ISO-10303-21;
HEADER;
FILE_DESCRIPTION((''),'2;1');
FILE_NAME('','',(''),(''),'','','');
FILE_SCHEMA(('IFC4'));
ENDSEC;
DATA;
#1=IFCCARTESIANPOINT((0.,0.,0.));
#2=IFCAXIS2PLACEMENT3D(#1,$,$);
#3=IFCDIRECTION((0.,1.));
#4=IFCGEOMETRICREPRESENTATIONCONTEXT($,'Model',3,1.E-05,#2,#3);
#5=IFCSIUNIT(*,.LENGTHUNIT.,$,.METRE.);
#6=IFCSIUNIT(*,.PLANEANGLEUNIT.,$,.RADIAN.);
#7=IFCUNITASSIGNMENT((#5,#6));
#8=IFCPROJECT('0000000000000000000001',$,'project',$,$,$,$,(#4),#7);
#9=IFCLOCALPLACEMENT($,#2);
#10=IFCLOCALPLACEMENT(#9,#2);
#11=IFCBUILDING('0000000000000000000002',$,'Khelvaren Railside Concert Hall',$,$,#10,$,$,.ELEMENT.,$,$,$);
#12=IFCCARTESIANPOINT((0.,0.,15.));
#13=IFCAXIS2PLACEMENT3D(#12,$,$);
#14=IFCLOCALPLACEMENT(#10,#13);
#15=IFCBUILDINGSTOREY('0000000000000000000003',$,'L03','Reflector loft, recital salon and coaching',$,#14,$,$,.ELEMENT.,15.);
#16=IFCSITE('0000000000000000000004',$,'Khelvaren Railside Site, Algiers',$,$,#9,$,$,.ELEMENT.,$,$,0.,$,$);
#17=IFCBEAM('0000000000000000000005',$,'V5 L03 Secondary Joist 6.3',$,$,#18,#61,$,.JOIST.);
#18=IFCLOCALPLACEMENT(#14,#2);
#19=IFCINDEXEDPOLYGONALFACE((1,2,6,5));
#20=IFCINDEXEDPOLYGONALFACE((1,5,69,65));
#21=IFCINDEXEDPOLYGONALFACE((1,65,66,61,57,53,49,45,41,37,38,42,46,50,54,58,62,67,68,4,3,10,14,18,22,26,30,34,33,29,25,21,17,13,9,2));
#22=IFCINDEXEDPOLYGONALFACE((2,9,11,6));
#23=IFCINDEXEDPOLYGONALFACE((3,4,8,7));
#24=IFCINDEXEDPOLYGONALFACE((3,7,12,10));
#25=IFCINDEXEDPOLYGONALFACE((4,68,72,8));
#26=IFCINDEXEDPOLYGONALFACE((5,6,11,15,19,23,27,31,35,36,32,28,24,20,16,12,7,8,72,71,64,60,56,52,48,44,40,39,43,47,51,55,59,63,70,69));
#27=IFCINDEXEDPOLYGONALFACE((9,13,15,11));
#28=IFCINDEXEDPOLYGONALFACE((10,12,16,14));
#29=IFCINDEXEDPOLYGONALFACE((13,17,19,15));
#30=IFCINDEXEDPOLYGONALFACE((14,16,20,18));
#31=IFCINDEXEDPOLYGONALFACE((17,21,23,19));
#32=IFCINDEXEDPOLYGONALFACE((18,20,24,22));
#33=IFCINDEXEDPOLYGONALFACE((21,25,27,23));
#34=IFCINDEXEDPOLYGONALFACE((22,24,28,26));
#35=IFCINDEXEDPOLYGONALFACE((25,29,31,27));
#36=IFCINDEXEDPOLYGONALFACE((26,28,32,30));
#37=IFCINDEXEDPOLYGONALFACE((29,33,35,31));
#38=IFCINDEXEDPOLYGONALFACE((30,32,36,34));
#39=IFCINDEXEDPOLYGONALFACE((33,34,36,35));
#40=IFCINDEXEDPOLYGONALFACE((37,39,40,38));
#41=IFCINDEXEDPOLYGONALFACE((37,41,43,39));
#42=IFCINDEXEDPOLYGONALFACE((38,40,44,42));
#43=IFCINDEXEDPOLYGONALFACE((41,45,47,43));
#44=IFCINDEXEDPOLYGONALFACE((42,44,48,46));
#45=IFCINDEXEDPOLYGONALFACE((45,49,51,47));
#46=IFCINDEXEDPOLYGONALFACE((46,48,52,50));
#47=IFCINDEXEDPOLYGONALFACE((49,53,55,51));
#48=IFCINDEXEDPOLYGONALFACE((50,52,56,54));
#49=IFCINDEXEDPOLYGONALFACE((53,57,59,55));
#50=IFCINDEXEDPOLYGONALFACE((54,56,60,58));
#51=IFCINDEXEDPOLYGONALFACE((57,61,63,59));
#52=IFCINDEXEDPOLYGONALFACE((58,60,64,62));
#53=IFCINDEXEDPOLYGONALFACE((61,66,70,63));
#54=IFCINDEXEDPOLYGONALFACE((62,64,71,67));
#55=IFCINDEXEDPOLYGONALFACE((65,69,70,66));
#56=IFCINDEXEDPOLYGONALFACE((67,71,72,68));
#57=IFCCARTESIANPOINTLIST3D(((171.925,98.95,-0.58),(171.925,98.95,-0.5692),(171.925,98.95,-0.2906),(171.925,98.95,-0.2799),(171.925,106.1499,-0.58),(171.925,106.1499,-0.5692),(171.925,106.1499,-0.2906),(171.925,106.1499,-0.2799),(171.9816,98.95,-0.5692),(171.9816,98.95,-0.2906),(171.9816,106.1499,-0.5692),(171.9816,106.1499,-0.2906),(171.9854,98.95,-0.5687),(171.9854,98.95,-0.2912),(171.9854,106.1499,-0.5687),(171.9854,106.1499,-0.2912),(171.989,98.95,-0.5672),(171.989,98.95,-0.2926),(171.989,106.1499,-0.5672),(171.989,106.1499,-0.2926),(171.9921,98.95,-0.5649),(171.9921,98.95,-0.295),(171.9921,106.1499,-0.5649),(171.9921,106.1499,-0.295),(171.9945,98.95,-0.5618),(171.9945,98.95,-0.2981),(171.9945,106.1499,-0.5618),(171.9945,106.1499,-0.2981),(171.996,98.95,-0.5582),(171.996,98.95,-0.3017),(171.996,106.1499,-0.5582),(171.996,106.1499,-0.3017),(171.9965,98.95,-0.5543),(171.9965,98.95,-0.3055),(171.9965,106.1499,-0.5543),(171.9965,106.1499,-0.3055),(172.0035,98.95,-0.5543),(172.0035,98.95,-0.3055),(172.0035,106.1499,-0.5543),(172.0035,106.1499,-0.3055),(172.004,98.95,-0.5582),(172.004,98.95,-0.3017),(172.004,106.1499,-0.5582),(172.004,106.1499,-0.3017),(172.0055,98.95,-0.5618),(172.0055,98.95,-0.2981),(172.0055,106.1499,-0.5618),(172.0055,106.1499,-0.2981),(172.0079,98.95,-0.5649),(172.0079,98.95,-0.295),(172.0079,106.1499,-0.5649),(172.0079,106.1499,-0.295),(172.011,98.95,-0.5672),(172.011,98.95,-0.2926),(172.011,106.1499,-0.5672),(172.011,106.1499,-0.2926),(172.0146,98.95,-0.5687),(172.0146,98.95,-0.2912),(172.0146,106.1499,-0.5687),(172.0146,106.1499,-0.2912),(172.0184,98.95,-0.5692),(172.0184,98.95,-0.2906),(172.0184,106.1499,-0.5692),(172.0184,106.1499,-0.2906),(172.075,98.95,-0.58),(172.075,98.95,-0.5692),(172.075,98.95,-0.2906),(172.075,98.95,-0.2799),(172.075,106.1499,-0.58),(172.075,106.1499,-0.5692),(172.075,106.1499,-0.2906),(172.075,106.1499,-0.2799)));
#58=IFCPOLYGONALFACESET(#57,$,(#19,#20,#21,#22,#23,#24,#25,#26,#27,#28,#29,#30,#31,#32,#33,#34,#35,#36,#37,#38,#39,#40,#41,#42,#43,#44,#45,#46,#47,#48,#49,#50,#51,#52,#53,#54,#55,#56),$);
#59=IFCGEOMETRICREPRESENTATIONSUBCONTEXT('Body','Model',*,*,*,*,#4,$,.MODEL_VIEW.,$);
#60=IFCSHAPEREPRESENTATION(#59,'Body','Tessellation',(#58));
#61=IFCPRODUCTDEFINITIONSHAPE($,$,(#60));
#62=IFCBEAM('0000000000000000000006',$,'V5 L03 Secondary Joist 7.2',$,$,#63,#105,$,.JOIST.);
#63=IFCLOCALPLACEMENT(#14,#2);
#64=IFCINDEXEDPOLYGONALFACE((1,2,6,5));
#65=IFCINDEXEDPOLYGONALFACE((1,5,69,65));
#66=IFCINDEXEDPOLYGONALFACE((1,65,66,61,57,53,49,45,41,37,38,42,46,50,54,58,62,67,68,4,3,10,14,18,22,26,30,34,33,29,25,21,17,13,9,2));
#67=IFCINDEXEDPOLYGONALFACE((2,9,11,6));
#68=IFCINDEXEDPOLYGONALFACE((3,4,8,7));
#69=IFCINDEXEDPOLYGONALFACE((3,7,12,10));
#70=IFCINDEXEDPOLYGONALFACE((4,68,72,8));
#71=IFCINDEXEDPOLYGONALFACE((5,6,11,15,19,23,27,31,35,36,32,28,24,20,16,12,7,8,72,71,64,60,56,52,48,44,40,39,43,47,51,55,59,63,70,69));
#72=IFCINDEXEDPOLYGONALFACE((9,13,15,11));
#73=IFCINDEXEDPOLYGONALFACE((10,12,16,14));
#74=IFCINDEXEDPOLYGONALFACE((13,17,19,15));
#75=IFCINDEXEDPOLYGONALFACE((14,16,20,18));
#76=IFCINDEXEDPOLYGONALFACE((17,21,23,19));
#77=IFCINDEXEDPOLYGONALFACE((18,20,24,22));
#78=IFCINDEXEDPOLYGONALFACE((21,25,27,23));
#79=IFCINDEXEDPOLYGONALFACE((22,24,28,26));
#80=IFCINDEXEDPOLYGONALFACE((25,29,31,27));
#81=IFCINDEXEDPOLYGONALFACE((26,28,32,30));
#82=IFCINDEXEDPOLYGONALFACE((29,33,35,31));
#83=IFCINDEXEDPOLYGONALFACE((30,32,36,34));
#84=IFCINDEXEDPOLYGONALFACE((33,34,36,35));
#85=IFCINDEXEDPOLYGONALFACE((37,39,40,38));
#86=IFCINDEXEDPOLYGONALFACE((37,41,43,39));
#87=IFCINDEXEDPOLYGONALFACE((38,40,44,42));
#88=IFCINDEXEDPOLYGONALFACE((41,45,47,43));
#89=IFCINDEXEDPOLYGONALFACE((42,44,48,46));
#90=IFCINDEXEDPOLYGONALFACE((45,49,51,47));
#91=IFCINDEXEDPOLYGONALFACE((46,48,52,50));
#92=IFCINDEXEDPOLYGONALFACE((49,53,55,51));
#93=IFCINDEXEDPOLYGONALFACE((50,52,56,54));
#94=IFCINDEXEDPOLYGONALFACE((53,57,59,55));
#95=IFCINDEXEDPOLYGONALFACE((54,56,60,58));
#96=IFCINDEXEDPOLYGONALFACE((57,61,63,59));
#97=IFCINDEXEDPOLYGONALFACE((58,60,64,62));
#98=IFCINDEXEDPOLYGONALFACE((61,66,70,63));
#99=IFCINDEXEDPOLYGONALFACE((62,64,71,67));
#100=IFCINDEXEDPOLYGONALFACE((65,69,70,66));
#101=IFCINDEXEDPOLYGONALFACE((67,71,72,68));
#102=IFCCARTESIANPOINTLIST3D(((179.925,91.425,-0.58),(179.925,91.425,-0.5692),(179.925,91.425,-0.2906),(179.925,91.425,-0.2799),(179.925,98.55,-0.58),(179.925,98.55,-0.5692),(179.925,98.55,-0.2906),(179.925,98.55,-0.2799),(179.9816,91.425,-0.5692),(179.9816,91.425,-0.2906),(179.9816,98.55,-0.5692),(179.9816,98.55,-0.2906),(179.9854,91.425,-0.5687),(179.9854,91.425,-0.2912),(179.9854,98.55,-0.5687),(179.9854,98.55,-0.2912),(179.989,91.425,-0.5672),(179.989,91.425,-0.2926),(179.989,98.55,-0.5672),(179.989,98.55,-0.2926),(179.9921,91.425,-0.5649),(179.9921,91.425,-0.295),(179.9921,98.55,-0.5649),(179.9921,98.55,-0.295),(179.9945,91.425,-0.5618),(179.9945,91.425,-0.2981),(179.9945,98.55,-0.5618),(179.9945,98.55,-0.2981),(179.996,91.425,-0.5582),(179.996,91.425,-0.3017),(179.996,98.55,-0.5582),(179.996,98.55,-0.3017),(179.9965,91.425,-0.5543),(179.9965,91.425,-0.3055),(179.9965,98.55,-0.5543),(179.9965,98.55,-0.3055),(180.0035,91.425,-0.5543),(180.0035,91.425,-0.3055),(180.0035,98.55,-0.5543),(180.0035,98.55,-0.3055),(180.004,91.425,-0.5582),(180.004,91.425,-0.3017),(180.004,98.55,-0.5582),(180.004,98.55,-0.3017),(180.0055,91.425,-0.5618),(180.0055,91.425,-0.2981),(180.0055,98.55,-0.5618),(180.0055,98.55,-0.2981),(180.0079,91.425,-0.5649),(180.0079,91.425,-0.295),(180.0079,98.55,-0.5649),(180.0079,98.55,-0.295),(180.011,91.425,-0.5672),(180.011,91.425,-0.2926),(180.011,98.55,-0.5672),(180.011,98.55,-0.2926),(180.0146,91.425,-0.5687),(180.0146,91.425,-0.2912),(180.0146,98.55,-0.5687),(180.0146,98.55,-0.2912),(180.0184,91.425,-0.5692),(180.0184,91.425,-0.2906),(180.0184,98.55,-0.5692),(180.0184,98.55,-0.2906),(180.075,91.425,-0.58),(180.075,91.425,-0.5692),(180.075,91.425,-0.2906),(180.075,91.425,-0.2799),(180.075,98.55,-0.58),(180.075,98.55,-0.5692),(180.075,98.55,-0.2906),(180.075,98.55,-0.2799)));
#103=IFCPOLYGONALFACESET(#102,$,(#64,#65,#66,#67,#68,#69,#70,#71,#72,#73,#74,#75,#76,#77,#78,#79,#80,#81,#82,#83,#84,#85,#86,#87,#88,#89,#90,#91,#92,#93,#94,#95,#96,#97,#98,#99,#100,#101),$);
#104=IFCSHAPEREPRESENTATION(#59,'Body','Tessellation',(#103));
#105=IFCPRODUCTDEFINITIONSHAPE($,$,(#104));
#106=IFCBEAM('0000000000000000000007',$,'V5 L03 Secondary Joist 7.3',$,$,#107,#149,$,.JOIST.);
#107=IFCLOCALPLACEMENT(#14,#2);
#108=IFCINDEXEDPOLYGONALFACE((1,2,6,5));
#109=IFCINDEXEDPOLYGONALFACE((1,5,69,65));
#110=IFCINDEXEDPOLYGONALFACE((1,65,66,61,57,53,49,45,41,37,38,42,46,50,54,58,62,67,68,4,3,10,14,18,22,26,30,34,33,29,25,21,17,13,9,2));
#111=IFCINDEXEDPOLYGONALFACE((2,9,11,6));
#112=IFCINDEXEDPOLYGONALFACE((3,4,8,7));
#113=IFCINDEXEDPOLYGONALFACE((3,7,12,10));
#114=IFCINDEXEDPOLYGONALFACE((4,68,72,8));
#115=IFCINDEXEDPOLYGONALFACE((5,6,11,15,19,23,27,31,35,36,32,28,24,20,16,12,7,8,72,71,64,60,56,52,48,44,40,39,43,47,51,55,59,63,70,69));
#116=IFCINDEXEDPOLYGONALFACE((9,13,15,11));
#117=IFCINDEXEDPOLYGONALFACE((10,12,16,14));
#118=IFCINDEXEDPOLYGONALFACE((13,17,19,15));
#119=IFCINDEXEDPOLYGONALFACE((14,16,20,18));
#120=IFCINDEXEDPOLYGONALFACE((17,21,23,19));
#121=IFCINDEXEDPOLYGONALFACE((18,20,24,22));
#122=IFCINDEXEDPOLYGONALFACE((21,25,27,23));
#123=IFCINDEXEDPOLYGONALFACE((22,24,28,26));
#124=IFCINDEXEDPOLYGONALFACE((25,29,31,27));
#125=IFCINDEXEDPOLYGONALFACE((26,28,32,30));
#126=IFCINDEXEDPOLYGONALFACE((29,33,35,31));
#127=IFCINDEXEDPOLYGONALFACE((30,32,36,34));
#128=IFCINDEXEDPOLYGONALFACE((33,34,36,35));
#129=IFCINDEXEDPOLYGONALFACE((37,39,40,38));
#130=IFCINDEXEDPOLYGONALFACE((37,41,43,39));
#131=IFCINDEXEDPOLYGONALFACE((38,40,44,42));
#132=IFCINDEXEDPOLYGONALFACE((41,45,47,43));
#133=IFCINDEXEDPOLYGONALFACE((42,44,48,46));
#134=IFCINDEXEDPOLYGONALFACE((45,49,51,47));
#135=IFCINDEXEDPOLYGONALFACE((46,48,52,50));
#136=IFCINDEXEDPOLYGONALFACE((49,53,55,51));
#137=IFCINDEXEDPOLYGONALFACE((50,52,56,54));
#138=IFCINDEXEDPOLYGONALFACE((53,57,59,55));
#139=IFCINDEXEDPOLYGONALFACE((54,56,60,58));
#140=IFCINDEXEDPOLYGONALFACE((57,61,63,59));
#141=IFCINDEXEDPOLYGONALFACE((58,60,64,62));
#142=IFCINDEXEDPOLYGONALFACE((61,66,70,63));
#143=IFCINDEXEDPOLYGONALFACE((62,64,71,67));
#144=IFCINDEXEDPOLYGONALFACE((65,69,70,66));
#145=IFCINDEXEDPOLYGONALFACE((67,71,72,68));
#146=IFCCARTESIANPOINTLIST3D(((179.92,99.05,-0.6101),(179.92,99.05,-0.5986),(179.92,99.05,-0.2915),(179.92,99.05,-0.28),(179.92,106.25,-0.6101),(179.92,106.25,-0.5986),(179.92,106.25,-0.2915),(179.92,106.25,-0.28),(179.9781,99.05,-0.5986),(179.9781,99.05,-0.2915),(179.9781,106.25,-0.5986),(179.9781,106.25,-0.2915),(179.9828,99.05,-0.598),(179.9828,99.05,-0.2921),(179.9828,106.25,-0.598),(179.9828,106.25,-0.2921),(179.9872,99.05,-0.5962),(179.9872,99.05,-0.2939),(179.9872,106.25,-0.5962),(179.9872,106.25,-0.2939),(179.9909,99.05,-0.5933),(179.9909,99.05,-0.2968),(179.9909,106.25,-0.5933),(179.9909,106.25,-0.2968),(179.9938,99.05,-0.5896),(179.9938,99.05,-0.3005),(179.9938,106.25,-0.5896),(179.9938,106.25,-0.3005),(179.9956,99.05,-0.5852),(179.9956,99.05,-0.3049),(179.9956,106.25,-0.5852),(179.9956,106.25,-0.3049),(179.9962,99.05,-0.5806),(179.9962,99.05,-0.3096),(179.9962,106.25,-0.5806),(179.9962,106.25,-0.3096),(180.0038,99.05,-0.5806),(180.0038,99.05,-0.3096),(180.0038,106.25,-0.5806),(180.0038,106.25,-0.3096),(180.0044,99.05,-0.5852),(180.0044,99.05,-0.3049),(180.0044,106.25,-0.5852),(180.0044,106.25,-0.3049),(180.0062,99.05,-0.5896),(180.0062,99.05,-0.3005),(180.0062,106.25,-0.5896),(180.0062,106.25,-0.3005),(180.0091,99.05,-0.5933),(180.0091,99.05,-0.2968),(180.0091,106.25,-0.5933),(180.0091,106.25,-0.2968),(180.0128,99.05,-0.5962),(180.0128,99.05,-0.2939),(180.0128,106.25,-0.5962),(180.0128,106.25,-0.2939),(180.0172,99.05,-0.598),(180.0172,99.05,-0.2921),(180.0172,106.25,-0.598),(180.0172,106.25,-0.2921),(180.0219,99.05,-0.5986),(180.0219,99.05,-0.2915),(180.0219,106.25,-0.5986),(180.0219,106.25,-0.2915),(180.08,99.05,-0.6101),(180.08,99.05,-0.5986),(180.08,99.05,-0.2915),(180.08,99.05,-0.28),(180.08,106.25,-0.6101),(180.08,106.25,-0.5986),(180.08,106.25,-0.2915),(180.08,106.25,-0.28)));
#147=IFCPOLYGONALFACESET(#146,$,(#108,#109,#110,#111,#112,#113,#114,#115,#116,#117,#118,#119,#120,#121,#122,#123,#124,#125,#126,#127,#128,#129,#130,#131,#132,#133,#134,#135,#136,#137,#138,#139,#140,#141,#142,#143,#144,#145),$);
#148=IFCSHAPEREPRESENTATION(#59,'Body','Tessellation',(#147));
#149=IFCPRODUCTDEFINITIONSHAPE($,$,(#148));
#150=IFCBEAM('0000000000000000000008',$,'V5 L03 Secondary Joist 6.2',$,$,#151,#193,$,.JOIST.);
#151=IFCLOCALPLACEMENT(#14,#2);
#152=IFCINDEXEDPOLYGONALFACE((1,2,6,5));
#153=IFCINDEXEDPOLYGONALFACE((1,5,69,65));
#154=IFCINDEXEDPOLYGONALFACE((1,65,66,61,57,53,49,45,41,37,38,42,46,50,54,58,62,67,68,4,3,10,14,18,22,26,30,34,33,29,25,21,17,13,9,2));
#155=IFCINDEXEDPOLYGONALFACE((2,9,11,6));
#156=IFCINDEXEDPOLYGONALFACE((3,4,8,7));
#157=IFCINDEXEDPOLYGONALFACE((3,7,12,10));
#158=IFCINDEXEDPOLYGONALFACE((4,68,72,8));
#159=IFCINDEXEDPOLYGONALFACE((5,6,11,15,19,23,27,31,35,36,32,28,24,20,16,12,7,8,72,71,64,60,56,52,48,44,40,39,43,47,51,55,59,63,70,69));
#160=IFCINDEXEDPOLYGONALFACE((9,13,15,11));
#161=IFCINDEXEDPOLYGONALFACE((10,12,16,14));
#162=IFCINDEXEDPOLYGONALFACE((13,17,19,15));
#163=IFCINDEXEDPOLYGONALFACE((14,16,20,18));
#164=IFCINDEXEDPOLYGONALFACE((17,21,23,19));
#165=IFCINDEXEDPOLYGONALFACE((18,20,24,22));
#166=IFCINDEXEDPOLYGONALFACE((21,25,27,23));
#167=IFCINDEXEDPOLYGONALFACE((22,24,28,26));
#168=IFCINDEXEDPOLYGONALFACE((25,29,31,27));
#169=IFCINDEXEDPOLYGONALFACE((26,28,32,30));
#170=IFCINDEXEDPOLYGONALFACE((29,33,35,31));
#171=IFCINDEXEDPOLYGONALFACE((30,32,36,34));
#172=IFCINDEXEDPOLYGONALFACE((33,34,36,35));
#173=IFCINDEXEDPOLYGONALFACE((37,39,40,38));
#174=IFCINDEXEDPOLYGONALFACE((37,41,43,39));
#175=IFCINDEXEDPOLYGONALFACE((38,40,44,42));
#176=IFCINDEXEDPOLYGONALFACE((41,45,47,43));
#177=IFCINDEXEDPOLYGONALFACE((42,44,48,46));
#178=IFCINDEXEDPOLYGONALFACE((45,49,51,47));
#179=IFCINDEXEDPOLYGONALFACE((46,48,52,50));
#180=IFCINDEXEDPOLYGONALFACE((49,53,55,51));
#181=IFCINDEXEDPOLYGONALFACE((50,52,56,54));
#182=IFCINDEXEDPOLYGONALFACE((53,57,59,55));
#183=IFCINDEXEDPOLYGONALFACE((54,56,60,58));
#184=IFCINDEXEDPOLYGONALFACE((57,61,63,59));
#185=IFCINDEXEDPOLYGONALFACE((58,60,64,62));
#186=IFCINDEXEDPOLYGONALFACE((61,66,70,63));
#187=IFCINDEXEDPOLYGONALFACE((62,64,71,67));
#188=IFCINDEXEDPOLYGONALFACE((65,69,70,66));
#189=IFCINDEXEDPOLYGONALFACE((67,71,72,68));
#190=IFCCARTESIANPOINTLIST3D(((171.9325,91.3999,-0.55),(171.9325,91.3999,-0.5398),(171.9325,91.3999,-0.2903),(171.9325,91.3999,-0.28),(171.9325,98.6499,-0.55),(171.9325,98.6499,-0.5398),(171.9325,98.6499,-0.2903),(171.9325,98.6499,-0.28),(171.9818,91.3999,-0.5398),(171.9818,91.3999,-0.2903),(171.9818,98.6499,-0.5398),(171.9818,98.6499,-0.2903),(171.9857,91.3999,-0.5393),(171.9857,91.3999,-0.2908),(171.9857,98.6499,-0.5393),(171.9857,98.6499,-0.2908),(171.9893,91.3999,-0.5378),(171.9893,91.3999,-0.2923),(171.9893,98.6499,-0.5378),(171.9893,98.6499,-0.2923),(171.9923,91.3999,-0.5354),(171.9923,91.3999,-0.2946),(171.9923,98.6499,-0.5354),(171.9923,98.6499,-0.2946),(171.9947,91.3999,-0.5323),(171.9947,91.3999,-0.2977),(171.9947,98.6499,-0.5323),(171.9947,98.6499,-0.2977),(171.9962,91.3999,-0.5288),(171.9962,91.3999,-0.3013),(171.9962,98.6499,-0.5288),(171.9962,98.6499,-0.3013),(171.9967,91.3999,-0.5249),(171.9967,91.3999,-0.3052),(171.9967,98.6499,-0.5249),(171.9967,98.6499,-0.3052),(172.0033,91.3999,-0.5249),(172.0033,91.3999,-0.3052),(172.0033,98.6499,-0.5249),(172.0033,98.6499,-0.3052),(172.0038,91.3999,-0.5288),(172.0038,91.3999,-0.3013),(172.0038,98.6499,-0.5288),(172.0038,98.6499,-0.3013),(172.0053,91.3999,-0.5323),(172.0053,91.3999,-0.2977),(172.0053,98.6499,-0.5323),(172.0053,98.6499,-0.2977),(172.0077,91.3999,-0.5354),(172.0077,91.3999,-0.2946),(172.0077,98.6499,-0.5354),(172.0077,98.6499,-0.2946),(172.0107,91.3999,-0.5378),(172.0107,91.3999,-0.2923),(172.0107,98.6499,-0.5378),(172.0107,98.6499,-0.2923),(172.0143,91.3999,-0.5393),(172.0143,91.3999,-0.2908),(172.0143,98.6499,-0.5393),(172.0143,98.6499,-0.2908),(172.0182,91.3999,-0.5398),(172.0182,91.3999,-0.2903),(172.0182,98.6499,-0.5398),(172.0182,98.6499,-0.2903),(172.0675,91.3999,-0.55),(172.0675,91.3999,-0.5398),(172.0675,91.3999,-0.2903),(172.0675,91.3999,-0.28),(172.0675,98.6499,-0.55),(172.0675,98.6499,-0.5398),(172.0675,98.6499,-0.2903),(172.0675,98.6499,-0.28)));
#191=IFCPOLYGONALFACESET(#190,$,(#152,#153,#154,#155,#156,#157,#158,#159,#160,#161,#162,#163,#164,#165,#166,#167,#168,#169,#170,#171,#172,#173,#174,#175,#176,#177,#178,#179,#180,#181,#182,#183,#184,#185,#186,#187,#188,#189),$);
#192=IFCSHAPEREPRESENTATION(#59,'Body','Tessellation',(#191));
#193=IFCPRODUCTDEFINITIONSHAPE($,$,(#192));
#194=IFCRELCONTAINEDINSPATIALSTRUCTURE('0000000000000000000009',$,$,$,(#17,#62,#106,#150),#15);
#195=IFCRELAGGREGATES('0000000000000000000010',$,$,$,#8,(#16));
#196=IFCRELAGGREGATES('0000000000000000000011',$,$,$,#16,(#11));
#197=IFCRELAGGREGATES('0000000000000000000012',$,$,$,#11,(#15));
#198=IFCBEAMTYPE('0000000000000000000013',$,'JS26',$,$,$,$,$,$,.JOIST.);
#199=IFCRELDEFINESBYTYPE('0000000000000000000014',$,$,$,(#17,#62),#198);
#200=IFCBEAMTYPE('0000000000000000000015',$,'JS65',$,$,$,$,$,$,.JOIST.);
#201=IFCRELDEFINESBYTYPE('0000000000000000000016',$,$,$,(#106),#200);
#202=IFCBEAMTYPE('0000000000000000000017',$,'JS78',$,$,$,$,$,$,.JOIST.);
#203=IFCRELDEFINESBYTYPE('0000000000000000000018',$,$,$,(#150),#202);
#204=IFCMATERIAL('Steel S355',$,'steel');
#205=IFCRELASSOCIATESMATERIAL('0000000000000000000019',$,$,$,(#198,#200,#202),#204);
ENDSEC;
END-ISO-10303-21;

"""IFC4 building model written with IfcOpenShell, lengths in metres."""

from ifc_helpers import new_model, si_unit, direction, frame, origin, origin_2d, place, context, subcontext, project, spatial, i_section, extrude, material, material_profile, profile_set, type_object, element, save


model = new_model("IFC4")

# Units and contexts
model_context = context("Model", 3, precision=1e-05, world=origin(), true_north=direction((0.0, 1.0)))
body_context = subcontext(model_context, "Body", "Model", "MODEL_VIEW")
ifc_project = project(units=[si_unit("LENGTHUNIT", "METRE"), si_unit("PLANEANGLEUNIT", "RADIAN")], contexts=[model_context])

# Site, building, storey
site_placement = place(None, origin())
site = spatial("IfcSite", under=ifc_project, at=site_placement, Name="Khelvaren Railside Site, Algiers", CompositionType="ELEMENT", RefElevation=0.0)
building_placement = place(site_placement, origin())
building = spatial("IfcBuilding", under=site, at=building_placement, Name="Khelvaren Railside Concert Hall", CompositionType="ELEMENT")
storey_placement = place(building_placement, frame((0.0, 0.0, 15.0)))
storey = spatial("IfcBuildingStorey", under=building, at=storey_placement, Name="L03", Description="Reflector loft, recital salon and coaching", CompositionType="ELEMENT", Elevation=15.0)

# Shared definitions
ifc_material_1 = material(Name="Steel S355", Category="steel")

# Beams
ifc_material_profile_1 = material_profile(ifc_material_1, i_section(OverallWidth=0.1499, OverallDepth=0.3, WebThickness=0.0071, FlangeThickness=0.0107, FilletRadius=0.0149, at=origin_2d()), Name="IPE 300")
ifc_profile_set_1 = profile_set([ifc_material_profile_1], Name="Steel S355")
beam_type_1 = type_object("IfcBeamType", Name="JS26", PredefinedType="JOIST", material=ifc_profile_set_1)
beam_1_placement = place(storey_placement, frame((172.0, 98.95, -0.4299), z_axis=(0.0, 1.0, 0.0), x_axis=(-1.0, 0.0, 0.0)))
element("IfcBeam", 1, at=beam_1_placement, inside=storey, type_object=beam_type_1, Name="V5 L03 Secondary Joist 6.3", PredefinedType="JOIST", context=body_context, shape_type="SweptSolid", body=[
    extrude(i_section(OverallWidth=0.1499, OverallDepth=0.3, WebThickness=0.0071, FlangeThickness=0.0107, FilletRadius=0.0149, at=origin_2d()), origin(), (0.0, 0.0, 1.0), 7.2),
])
beam_2_placement = place(storey_placement, frame((180.0, 91.425, -0.4299), z_axis=(0.0, 1.0, 0.0), x_axis=(-1.0, 0.0, 0.0)))
element("IfcBeam", 2, at=beam_2_placement, inside=storey, type_object=beam_type_1, Name="V5 L03 Secondary Joist 7.2", PredefinedType="JOIST", context=body_context, shape_type="SweptSolid", body=[
    extrude(i_section(OverallWidth=0.1499, OverallDepth=0.3, WebThickness=0.0071, FlangeThickness=0.0107, FilletRadius=0.0149, at=origin_2d()), origin(), (0.0, 0.0, 1.0), 7.125),
])
ifc_material_profile_2 = material_profile(ifc_material_1, i_section(OverallWidth=0.1599, OverallDepth=0.3301, WebThickness=0.0076, FlangeThickness=0.0115, FilletRadius=0.0181, at=origin_2d()), Name="IPE 330")
ifc_profile_set_2 = profile_set([ifc_material_profile_2], Name="Steel S355")
beam_type_2 = type_object("IfcBeamType", Name="JS65", PredefinedType="JOIST", material=ifc_profile_set_2)
beam_3_placement = place(storey_placement, frame((180.0, 99.05, -0.4451), z_axis=(0.0, 1.0, 0.0), x_axis=(-1.0, 0.0, 0.0)))
element("IfcBeam", 3, at=beam_3_placement, inside=storey, type_object=beam_type_2, Name="V5 L03 Secondary Joist 7.3", PredefinedType="JOIST", context=body_context, shape_type="SweptSolid", body=[
    extrude(i_section(OverallWidth=0.1599, OverallDepth=0.3301, WebThickness=0.0076, FlangeThickness=0.0115, FilletRadius=0.0181, at=origin_2d()), origin(), (0.0, 0.0, 1.0), 7.2),
])
ifc_material_profile_3 = material_profile(ifc_material_1, i_section(OverallWidth=0.135, OverallDepth=0.27, WebThickness=0.0066, FlangeThickness=0.0103, FilletRadius=0.0149, at=origin_2d()), Name="IPE 270")
ifc_profile_set_3 = profile_set([ifc_material_profile_3], Name="Steel S355")
beam_type_3 = type_object("IfcBeamType", Name="JS78", PredefinedType="JOIST", material=ifc_profile_set_3)
beam_4_placement = place(storey_placement, frame((172.0, 91.3999, -0.415), z_axis=(0.0, 1.0, 0.0), x_axis=(-1.0, 0.0, 0.0)))
element("IfcBeam", 4, at=beam_4_placement, inside=storey, type_object=beam_type_3, Name="V5 L03 Secondary Joist 6.2", PredefinedType="JOIST", context=body_context, shape_type="SweptSolid", body=[
    extrude(i_section(OverallWidth=0.135, OverallDepth=0.27, WebThickness=0.0066, FlangeThickness=0.0103, FilletRadius=0.0149, at=origin_2d()), origin(), (0.0, 0.0, 1.0), 7.25),
])

save(model, "model.ifc")
